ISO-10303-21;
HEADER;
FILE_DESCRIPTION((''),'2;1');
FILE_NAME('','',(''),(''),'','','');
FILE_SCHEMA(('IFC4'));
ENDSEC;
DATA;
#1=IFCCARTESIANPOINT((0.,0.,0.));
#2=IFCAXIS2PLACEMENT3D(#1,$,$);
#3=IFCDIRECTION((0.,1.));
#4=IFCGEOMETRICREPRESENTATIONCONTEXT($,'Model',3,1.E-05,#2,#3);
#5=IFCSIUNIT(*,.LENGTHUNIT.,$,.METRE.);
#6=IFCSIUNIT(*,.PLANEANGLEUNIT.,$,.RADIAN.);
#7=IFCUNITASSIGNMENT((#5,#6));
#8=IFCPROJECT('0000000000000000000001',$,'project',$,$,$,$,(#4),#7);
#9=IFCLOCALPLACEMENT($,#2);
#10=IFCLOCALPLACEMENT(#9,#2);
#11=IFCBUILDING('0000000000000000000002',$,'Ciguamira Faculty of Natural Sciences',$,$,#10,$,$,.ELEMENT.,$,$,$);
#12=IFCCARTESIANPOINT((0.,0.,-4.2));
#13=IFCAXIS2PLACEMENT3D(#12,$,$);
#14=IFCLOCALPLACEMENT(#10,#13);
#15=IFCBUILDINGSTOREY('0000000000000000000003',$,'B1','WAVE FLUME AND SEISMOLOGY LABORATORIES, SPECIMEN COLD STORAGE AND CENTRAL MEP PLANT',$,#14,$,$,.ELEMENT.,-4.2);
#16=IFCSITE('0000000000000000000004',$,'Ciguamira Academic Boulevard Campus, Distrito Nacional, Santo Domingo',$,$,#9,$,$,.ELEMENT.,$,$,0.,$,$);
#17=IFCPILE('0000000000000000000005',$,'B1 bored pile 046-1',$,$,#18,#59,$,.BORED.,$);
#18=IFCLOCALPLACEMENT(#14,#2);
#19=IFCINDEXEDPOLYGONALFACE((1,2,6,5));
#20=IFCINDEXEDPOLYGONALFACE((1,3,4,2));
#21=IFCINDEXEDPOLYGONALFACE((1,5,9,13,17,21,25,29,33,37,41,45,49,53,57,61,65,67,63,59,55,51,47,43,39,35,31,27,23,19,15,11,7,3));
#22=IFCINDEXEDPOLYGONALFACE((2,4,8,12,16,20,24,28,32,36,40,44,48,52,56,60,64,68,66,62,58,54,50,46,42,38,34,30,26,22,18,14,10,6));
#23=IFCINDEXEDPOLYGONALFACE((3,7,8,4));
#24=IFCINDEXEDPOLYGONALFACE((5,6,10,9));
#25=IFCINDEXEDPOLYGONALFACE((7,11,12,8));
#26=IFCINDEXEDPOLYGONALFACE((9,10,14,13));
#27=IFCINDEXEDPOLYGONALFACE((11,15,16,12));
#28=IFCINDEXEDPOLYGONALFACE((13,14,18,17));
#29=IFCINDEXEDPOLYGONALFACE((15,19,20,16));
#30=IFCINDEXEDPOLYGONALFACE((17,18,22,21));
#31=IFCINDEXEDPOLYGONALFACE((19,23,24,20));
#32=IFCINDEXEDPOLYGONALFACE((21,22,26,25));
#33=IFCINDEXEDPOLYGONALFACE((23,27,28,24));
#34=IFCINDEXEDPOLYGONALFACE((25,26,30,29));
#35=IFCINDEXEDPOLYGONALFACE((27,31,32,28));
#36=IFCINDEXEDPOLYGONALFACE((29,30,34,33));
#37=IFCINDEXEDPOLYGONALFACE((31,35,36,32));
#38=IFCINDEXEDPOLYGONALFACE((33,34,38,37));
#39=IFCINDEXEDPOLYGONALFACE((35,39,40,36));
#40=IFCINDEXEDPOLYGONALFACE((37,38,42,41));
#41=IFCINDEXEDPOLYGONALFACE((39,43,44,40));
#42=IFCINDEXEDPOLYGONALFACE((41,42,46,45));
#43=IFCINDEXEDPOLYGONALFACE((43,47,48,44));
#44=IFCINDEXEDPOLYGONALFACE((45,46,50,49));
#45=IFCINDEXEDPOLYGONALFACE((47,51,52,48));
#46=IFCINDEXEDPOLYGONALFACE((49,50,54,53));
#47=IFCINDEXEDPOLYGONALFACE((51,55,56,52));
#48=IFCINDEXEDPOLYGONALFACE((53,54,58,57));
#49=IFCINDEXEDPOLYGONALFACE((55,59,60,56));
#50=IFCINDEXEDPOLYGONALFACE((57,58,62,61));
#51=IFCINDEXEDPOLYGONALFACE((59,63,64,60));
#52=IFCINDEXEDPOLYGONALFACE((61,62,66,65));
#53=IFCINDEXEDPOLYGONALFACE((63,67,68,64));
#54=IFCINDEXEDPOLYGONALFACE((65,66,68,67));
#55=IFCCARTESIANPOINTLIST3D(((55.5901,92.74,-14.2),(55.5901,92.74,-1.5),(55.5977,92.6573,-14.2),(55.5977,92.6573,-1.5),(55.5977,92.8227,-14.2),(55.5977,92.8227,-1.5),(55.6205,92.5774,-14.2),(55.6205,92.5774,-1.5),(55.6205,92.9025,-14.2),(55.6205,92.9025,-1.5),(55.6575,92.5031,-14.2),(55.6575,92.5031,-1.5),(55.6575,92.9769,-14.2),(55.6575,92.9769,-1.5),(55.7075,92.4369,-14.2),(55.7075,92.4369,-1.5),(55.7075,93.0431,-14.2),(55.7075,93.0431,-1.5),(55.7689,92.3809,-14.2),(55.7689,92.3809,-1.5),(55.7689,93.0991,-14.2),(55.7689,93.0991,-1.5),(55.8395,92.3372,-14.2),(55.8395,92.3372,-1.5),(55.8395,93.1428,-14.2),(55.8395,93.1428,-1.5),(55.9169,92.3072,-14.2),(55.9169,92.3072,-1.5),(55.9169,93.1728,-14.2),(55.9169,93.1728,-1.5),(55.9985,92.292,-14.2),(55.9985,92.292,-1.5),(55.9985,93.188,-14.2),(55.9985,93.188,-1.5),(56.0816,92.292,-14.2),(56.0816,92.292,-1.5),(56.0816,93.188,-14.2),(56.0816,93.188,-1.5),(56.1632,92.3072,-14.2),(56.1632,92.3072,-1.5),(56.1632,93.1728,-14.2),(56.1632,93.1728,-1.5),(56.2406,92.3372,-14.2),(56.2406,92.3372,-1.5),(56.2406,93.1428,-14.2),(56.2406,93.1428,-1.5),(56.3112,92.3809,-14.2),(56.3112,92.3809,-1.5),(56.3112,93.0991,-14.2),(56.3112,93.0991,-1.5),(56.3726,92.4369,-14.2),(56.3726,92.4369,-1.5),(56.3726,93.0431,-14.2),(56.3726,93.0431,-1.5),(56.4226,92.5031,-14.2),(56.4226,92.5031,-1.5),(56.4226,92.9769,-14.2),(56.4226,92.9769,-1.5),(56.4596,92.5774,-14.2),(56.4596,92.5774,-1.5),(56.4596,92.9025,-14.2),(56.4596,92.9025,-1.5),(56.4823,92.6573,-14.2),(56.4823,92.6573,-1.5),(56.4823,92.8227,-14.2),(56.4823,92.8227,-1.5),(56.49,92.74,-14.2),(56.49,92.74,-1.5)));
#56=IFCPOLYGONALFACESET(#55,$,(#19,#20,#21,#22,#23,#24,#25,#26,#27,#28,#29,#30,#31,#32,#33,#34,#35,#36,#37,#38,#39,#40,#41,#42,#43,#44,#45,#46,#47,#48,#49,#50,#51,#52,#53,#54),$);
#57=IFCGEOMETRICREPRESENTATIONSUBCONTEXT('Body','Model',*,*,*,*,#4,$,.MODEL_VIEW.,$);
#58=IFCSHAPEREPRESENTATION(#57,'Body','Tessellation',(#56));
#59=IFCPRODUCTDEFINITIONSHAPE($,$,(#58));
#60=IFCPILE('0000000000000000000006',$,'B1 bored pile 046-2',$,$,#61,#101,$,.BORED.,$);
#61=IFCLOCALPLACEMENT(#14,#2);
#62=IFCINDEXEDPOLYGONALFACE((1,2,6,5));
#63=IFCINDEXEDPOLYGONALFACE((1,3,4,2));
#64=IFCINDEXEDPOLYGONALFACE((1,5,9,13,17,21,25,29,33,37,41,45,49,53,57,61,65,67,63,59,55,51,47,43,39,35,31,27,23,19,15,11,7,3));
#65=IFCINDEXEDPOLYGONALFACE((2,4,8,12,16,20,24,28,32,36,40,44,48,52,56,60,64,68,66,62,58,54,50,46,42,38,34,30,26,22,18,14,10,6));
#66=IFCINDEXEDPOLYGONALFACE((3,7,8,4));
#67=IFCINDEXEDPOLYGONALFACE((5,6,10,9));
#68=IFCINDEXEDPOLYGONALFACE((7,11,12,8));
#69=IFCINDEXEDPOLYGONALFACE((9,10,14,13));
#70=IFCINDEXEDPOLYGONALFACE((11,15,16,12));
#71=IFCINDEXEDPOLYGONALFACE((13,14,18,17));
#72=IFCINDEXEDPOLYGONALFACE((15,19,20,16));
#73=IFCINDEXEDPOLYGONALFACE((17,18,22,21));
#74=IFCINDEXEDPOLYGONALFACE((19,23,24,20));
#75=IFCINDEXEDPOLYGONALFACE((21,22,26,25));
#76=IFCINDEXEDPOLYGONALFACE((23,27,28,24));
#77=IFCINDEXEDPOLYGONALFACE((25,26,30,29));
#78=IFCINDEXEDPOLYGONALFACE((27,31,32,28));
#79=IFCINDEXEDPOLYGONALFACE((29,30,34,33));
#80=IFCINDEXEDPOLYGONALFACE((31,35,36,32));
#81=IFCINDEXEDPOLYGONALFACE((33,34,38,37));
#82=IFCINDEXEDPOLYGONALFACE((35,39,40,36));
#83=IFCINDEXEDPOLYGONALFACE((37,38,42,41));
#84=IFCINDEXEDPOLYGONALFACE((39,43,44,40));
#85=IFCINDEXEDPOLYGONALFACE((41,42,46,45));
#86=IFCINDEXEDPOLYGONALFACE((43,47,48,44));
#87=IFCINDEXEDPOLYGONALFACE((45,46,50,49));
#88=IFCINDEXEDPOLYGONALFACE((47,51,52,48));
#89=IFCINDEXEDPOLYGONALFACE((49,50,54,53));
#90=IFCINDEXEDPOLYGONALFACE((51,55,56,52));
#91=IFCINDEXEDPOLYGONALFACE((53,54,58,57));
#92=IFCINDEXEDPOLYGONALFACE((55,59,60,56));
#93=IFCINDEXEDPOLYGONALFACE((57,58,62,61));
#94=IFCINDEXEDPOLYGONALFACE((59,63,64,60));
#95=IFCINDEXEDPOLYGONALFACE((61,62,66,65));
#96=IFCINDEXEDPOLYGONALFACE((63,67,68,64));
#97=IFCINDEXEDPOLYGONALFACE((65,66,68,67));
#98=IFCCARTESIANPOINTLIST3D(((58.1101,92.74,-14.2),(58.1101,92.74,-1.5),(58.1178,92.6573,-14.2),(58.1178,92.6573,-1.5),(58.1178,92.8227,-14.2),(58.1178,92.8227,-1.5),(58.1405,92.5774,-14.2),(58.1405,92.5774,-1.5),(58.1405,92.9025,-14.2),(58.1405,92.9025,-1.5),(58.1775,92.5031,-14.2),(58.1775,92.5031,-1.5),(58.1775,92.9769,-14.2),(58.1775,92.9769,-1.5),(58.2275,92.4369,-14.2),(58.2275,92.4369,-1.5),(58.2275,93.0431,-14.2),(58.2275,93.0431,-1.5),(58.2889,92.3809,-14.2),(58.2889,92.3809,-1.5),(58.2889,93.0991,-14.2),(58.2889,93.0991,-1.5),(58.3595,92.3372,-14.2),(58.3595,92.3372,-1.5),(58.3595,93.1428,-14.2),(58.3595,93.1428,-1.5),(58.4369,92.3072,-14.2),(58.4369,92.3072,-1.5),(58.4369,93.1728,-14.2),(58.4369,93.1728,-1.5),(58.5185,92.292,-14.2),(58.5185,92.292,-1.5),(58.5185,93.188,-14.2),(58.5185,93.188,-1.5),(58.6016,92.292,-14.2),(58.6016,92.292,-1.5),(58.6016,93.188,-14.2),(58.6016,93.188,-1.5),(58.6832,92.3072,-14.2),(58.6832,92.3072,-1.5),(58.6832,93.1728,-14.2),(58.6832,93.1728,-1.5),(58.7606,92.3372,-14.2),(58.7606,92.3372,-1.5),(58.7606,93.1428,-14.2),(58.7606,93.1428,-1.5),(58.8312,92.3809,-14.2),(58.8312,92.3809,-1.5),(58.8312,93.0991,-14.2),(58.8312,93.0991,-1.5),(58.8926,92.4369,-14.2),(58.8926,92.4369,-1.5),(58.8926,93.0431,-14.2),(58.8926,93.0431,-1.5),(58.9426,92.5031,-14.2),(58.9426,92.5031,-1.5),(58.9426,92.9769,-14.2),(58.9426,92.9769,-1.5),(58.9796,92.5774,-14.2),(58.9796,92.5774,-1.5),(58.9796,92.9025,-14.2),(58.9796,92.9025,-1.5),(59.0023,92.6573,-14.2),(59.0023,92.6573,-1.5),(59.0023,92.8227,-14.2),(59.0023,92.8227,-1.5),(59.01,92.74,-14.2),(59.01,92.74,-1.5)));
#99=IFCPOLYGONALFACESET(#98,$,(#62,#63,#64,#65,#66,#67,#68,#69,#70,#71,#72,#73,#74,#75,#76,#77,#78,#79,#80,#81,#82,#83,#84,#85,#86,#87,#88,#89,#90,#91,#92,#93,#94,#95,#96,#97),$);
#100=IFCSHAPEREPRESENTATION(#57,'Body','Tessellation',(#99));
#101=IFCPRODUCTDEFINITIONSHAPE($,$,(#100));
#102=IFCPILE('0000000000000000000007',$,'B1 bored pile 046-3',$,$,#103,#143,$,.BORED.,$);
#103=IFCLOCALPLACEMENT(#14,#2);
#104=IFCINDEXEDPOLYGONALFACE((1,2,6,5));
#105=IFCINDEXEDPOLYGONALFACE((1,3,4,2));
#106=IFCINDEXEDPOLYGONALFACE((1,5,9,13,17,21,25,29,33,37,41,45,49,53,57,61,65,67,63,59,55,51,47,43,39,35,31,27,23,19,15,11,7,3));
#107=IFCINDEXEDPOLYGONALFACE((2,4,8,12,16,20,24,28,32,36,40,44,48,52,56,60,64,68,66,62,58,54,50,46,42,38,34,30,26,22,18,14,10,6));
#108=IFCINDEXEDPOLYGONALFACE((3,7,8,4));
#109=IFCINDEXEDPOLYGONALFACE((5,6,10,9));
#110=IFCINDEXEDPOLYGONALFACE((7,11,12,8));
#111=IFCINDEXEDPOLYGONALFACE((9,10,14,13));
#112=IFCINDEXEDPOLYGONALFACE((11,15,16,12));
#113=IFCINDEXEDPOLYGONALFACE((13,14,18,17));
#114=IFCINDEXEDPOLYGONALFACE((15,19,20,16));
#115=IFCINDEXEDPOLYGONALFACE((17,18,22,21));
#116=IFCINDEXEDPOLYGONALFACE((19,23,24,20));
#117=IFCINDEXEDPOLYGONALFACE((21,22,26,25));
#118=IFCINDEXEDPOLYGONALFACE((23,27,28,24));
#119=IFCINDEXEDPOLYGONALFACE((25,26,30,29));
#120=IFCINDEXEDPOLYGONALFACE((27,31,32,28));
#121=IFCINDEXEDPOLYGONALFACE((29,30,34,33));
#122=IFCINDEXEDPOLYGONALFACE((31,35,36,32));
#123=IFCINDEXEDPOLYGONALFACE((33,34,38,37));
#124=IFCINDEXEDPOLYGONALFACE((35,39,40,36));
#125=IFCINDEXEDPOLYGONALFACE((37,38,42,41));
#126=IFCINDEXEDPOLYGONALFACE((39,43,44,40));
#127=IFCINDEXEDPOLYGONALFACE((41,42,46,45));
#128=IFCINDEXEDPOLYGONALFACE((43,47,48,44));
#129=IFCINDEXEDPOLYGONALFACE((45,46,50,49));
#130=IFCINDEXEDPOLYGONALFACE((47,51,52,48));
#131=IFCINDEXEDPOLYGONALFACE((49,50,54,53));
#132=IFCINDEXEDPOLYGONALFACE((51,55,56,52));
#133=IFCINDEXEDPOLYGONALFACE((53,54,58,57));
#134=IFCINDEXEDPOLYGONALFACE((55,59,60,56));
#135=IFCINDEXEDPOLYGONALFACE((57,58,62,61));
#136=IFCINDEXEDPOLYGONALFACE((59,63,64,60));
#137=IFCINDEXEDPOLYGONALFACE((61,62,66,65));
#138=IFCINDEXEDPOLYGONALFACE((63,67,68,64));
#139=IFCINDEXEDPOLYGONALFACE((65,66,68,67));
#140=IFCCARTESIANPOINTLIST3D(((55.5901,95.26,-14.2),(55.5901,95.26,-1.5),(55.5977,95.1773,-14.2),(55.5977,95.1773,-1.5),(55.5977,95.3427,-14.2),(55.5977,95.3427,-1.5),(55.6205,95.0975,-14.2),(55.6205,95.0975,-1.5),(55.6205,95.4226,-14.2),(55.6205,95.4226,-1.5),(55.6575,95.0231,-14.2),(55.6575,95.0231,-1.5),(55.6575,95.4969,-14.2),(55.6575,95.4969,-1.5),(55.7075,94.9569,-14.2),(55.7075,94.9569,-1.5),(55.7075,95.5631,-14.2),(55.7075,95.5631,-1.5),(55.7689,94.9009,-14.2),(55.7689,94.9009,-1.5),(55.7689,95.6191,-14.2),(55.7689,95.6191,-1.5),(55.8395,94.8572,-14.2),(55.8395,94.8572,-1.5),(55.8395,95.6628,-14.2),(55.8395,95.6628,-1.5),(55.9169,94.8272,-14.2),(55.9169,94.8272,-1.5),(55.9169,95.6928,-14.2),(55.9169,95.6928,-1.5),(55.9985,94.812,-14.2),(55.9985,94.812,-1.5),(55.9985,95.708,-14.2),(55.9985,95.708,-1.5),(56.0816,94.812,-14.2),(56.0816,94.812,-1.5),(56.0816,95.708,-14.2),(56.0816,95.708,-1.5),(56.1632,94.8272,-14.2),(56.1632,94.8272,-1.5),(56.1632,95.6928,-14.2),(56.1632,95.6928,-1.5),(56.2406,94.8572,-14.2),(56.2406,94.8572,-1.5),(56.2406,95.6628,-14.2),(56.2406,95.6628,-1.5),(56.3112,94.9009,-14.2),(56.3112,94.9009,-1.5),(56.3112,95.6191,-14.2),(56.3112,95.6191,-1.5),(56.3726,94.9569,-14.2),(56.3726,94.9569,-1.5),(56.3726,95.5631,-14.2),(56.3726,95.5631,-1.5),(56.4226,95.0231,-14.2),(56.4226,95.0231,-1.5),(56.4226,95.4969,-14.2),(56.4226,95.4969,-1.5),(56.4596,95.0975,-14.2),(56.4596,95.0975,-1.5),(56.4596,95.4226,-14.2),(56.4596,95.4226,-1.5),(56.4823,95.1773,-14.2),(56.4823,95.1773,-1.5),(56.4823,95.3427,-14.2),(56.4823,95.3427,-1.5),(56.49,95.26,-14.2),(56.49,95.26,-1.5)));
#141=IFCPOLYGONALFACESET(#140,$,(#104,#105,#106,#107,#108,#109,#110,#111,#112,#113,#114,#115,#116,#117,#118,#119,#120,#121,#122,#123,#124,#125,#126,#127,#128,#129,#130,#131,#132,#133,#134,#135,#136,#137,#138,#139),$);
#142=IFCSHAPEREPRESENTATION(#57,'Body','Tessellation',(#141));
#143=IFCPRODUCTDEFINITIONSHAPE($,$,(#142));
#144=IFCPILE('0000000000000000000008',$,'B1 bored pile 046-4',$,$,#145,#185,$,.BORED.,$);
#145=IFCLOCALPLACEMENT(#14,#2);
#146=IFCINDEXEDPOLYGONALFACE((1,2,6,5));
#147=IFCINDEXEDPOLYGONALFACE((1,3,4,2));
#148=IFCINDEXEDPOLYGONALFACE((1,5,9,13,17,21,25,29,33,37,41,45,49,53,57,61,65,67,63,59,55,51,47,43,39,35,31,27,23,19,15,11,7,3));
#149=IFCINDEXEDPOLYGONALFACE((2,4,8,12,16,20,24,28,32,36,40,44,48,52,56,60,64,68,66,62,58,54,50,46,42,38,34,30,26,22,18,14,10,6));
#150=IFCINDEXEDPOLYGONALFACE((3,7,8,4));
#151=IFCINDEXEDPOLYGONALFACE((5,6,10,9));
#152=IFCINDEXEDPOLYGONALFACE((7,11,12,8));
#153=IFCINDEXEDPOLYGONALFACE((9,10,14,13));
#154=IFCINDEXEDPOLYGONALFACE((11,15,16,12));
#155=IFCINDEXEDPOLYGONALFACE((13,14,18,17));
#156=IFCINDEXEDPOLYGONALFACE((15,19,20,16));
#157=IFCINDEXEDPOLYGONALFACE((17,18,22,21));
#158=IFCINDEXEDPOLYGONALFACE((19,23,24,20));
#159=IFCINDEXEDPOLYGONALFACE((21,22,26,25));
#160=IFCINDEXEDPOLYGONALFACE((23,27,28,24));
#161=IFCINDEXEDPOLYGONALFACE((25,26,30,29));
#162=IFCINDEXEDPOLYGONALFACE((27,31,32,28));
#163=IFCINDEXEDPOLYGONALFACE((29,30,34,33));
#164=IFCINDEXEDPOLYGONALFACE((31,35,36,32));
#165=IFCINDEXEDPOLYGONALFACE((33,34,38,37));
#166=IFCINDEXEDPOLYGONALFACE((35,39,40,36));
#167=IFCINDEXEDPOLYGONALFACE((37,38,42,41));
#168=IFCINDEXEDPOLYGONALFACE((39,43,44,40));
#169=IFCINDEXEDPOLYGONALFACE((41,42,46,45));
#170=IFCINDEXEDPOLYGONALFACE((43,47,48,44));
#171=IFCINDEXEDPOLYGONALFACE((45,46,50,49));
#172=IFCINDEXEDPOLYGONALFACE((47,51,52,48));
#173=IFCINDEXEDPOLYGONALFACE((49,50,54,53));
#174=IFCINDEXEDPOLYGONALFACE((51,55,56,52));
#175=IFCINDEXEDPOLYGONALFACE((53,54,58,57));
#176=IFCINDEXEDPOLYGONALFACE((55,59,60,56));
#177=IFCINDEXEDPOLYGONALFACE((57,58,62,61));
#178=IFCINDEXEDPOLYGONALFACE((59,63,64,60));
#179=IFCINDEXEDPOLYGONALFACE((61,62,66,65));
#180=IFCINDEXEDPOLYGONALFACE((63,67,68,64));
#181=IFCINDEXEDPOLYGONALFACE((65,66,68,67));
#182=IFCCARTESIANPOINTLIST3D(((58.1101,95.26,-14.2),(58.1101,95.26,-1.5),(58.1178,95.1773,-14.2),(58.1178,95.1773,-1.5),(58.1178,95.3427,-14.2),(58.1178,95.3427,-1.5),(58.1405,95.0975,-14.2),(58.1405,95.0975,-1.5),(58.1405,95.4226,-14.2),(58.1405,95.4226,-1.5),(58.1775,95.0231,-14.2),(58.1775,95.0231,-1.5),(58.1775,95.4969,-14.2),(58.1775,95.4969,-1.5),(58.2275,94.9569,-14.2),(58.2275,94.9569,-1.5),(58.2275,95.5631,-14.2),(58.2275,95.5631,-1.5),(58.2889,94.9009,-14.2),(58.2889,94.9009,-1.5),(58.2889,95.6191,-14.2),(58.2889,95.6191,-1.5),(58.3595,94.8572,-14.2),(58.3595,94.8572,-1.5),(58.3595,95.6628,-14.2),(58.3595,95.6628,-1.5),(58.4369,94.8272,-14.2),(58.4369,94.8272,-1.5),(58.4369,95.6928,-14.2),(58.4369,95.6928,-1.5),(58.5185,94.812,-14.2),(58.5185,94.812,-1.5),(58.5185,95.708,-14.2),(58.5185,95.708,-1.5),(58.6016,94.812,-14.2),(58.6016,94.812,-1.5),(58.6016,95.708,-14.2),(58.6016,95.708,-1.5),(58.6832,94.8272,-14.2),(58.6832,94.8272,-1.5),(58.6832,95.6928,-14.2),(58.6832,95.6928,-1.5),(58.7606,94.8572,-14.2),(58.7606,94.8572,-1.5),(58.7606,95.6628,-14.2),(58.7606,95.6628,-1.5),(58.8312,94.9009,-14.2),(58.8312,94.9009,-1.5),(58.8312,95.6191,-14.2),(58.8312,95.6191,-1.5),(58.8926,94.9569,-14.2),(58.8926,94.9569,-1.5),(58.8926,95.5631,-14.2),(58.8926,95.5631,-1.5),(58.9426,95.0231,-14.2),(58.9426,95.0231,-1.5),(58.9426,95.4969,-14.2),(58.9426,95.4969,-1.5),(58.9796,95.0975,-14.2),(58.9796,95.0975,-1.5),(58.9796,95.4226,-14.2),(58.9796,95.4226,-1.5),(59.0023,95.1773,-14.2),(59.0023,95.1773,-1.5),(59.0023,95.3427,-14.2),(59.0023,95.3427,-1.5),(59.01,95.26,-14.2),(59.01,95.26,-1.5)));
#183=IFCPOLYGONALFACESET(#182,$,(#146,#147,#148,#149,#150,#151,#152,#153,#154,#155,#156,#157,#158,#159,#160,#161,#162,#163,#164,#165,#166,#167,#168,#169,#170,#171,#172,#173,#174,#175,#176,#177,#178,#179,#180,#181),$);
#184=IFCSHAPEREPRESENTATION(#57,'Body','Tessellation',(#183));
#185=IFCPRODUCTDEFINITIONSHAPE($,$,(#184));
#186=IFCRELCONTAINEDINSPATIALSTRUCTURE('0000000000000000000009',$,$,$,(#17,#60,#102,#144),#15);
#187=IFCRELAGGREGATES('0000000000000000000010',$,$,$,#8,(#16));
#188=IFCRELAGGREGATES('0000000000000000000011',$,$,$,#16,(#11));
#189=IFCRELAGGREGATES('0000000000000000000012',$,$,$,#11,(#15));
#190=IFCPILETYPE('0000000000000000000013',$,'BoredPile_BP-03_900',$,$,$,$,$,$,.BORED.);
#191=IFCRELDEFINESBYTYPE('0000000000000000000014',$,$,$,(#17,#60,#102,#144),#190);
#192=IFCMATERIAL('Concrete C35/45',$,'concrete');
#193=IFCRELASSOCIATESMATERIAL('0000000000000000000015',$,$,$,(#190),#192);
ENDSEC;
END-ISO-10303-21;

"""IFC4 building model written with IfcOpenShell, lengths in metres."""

from ifc_helpers import new_model, si_unit, direction, frame, origin, origin_2d, place, context, subcontext, project, spatial, circle, extrude, material, material_profile, profile_set, type_object, element, save


model = new_model("IFC4")

# Units and contexts
model_context = context("Model", 3, precision=1e-05, world=origin(), true_north=direction((0.0, 1.0)))
body_context = subcontext(model_context, "Body", "Model", "MODEL_VIEW")
ifc_project = project(units=[si_unit("LENGTHUNIT", "METRE"), si_unit("PLANEANGLEUNIT", "RADIAN")], contexts=[model_context])

# Site, building, storey
site_placement = place(None, origin())
site = spatial("IfcSite", under=ifc_project, at=site_placement, Name="Ciguamira Academic Boulevard Campus, Distrito Nacional, Santo Domingo", CompositionType="ELEMENT", RefElevation=0.0)
building_placement = place(site_placement, origin())
building = spatial("IfcBuilding", under=site, at=building_placement, Name="Ciguamira Faculty of Natural Sciences", CompositionType="ELEMENT")
storey_placement = place(building_placement, frame((0.0, 0.0, -4.2)))
storey = spatial("IfcBuildingStorey", under=building, at=storey_placement, Name="B1", Description="WAVE FLUME AND SEISMOLOGY LABORATORIES, SPECIMEN COLD STORAGE AND CENTRAL MEP PLANT", CompositionType="ELEMENT", Elevation=-4.2)

# Piles
ifc_material_1 = material(Name="Concrete C35/45", Category="concrete")
ifc_material_profile_1 = material_profile(ifc_material_1, circle(Radius=0.45, at=origin_2d()), Name="PILE-BORED-900")
ifc_profile_set_1 = profile_set([ifc_material_profile_1], Name="Concrete C35/45")
pile_type_1 = type_object("IfcPileType", Name="BoredPile_BP-03_900", PredefinedType="BORED", material=ifc_profile_set_1)
for number, where, z_axis, x_axis, name in (
    (1, (56.04, 92.74, -1.5), (0.0, 0.0, -1.0), (1.0, 0.0, 0.0), "B1 bored pile 046-1"),
    (2, (58.5601, 92.74, -1.5), (0.0, 0.0, -1.0), (1.0, 0.0, 0.0), "B1 bored pile 046-2"),
    (3, (56.04, 95.26, -1.5), (0.0, 0.0, -1.0), (1.0, 0.0, 0.0), "B1 bored pile 046-3"),
    (4, (58.5601, 95.26, -1.5), (0.0, 0.0, -1.0), (1.0, 0.0, 0.0), "B1 bored pile 046-4"),
):
    element("IfcPile", number, at=place(storey_placement, frame(where, z_axis=z_axis, x_axis=x_axis)), inside=storey, type_object=pile_type_1, Name=name, PredefinedType="BORED", context=body_context, shape_type="SweptSolid", body=[
        extrude(circle(Radius=0.45, at=origin_2d()), origin(), (0.0, 0.0, 1.0), 12.7),
    ])

save(model, "model.ifc")
